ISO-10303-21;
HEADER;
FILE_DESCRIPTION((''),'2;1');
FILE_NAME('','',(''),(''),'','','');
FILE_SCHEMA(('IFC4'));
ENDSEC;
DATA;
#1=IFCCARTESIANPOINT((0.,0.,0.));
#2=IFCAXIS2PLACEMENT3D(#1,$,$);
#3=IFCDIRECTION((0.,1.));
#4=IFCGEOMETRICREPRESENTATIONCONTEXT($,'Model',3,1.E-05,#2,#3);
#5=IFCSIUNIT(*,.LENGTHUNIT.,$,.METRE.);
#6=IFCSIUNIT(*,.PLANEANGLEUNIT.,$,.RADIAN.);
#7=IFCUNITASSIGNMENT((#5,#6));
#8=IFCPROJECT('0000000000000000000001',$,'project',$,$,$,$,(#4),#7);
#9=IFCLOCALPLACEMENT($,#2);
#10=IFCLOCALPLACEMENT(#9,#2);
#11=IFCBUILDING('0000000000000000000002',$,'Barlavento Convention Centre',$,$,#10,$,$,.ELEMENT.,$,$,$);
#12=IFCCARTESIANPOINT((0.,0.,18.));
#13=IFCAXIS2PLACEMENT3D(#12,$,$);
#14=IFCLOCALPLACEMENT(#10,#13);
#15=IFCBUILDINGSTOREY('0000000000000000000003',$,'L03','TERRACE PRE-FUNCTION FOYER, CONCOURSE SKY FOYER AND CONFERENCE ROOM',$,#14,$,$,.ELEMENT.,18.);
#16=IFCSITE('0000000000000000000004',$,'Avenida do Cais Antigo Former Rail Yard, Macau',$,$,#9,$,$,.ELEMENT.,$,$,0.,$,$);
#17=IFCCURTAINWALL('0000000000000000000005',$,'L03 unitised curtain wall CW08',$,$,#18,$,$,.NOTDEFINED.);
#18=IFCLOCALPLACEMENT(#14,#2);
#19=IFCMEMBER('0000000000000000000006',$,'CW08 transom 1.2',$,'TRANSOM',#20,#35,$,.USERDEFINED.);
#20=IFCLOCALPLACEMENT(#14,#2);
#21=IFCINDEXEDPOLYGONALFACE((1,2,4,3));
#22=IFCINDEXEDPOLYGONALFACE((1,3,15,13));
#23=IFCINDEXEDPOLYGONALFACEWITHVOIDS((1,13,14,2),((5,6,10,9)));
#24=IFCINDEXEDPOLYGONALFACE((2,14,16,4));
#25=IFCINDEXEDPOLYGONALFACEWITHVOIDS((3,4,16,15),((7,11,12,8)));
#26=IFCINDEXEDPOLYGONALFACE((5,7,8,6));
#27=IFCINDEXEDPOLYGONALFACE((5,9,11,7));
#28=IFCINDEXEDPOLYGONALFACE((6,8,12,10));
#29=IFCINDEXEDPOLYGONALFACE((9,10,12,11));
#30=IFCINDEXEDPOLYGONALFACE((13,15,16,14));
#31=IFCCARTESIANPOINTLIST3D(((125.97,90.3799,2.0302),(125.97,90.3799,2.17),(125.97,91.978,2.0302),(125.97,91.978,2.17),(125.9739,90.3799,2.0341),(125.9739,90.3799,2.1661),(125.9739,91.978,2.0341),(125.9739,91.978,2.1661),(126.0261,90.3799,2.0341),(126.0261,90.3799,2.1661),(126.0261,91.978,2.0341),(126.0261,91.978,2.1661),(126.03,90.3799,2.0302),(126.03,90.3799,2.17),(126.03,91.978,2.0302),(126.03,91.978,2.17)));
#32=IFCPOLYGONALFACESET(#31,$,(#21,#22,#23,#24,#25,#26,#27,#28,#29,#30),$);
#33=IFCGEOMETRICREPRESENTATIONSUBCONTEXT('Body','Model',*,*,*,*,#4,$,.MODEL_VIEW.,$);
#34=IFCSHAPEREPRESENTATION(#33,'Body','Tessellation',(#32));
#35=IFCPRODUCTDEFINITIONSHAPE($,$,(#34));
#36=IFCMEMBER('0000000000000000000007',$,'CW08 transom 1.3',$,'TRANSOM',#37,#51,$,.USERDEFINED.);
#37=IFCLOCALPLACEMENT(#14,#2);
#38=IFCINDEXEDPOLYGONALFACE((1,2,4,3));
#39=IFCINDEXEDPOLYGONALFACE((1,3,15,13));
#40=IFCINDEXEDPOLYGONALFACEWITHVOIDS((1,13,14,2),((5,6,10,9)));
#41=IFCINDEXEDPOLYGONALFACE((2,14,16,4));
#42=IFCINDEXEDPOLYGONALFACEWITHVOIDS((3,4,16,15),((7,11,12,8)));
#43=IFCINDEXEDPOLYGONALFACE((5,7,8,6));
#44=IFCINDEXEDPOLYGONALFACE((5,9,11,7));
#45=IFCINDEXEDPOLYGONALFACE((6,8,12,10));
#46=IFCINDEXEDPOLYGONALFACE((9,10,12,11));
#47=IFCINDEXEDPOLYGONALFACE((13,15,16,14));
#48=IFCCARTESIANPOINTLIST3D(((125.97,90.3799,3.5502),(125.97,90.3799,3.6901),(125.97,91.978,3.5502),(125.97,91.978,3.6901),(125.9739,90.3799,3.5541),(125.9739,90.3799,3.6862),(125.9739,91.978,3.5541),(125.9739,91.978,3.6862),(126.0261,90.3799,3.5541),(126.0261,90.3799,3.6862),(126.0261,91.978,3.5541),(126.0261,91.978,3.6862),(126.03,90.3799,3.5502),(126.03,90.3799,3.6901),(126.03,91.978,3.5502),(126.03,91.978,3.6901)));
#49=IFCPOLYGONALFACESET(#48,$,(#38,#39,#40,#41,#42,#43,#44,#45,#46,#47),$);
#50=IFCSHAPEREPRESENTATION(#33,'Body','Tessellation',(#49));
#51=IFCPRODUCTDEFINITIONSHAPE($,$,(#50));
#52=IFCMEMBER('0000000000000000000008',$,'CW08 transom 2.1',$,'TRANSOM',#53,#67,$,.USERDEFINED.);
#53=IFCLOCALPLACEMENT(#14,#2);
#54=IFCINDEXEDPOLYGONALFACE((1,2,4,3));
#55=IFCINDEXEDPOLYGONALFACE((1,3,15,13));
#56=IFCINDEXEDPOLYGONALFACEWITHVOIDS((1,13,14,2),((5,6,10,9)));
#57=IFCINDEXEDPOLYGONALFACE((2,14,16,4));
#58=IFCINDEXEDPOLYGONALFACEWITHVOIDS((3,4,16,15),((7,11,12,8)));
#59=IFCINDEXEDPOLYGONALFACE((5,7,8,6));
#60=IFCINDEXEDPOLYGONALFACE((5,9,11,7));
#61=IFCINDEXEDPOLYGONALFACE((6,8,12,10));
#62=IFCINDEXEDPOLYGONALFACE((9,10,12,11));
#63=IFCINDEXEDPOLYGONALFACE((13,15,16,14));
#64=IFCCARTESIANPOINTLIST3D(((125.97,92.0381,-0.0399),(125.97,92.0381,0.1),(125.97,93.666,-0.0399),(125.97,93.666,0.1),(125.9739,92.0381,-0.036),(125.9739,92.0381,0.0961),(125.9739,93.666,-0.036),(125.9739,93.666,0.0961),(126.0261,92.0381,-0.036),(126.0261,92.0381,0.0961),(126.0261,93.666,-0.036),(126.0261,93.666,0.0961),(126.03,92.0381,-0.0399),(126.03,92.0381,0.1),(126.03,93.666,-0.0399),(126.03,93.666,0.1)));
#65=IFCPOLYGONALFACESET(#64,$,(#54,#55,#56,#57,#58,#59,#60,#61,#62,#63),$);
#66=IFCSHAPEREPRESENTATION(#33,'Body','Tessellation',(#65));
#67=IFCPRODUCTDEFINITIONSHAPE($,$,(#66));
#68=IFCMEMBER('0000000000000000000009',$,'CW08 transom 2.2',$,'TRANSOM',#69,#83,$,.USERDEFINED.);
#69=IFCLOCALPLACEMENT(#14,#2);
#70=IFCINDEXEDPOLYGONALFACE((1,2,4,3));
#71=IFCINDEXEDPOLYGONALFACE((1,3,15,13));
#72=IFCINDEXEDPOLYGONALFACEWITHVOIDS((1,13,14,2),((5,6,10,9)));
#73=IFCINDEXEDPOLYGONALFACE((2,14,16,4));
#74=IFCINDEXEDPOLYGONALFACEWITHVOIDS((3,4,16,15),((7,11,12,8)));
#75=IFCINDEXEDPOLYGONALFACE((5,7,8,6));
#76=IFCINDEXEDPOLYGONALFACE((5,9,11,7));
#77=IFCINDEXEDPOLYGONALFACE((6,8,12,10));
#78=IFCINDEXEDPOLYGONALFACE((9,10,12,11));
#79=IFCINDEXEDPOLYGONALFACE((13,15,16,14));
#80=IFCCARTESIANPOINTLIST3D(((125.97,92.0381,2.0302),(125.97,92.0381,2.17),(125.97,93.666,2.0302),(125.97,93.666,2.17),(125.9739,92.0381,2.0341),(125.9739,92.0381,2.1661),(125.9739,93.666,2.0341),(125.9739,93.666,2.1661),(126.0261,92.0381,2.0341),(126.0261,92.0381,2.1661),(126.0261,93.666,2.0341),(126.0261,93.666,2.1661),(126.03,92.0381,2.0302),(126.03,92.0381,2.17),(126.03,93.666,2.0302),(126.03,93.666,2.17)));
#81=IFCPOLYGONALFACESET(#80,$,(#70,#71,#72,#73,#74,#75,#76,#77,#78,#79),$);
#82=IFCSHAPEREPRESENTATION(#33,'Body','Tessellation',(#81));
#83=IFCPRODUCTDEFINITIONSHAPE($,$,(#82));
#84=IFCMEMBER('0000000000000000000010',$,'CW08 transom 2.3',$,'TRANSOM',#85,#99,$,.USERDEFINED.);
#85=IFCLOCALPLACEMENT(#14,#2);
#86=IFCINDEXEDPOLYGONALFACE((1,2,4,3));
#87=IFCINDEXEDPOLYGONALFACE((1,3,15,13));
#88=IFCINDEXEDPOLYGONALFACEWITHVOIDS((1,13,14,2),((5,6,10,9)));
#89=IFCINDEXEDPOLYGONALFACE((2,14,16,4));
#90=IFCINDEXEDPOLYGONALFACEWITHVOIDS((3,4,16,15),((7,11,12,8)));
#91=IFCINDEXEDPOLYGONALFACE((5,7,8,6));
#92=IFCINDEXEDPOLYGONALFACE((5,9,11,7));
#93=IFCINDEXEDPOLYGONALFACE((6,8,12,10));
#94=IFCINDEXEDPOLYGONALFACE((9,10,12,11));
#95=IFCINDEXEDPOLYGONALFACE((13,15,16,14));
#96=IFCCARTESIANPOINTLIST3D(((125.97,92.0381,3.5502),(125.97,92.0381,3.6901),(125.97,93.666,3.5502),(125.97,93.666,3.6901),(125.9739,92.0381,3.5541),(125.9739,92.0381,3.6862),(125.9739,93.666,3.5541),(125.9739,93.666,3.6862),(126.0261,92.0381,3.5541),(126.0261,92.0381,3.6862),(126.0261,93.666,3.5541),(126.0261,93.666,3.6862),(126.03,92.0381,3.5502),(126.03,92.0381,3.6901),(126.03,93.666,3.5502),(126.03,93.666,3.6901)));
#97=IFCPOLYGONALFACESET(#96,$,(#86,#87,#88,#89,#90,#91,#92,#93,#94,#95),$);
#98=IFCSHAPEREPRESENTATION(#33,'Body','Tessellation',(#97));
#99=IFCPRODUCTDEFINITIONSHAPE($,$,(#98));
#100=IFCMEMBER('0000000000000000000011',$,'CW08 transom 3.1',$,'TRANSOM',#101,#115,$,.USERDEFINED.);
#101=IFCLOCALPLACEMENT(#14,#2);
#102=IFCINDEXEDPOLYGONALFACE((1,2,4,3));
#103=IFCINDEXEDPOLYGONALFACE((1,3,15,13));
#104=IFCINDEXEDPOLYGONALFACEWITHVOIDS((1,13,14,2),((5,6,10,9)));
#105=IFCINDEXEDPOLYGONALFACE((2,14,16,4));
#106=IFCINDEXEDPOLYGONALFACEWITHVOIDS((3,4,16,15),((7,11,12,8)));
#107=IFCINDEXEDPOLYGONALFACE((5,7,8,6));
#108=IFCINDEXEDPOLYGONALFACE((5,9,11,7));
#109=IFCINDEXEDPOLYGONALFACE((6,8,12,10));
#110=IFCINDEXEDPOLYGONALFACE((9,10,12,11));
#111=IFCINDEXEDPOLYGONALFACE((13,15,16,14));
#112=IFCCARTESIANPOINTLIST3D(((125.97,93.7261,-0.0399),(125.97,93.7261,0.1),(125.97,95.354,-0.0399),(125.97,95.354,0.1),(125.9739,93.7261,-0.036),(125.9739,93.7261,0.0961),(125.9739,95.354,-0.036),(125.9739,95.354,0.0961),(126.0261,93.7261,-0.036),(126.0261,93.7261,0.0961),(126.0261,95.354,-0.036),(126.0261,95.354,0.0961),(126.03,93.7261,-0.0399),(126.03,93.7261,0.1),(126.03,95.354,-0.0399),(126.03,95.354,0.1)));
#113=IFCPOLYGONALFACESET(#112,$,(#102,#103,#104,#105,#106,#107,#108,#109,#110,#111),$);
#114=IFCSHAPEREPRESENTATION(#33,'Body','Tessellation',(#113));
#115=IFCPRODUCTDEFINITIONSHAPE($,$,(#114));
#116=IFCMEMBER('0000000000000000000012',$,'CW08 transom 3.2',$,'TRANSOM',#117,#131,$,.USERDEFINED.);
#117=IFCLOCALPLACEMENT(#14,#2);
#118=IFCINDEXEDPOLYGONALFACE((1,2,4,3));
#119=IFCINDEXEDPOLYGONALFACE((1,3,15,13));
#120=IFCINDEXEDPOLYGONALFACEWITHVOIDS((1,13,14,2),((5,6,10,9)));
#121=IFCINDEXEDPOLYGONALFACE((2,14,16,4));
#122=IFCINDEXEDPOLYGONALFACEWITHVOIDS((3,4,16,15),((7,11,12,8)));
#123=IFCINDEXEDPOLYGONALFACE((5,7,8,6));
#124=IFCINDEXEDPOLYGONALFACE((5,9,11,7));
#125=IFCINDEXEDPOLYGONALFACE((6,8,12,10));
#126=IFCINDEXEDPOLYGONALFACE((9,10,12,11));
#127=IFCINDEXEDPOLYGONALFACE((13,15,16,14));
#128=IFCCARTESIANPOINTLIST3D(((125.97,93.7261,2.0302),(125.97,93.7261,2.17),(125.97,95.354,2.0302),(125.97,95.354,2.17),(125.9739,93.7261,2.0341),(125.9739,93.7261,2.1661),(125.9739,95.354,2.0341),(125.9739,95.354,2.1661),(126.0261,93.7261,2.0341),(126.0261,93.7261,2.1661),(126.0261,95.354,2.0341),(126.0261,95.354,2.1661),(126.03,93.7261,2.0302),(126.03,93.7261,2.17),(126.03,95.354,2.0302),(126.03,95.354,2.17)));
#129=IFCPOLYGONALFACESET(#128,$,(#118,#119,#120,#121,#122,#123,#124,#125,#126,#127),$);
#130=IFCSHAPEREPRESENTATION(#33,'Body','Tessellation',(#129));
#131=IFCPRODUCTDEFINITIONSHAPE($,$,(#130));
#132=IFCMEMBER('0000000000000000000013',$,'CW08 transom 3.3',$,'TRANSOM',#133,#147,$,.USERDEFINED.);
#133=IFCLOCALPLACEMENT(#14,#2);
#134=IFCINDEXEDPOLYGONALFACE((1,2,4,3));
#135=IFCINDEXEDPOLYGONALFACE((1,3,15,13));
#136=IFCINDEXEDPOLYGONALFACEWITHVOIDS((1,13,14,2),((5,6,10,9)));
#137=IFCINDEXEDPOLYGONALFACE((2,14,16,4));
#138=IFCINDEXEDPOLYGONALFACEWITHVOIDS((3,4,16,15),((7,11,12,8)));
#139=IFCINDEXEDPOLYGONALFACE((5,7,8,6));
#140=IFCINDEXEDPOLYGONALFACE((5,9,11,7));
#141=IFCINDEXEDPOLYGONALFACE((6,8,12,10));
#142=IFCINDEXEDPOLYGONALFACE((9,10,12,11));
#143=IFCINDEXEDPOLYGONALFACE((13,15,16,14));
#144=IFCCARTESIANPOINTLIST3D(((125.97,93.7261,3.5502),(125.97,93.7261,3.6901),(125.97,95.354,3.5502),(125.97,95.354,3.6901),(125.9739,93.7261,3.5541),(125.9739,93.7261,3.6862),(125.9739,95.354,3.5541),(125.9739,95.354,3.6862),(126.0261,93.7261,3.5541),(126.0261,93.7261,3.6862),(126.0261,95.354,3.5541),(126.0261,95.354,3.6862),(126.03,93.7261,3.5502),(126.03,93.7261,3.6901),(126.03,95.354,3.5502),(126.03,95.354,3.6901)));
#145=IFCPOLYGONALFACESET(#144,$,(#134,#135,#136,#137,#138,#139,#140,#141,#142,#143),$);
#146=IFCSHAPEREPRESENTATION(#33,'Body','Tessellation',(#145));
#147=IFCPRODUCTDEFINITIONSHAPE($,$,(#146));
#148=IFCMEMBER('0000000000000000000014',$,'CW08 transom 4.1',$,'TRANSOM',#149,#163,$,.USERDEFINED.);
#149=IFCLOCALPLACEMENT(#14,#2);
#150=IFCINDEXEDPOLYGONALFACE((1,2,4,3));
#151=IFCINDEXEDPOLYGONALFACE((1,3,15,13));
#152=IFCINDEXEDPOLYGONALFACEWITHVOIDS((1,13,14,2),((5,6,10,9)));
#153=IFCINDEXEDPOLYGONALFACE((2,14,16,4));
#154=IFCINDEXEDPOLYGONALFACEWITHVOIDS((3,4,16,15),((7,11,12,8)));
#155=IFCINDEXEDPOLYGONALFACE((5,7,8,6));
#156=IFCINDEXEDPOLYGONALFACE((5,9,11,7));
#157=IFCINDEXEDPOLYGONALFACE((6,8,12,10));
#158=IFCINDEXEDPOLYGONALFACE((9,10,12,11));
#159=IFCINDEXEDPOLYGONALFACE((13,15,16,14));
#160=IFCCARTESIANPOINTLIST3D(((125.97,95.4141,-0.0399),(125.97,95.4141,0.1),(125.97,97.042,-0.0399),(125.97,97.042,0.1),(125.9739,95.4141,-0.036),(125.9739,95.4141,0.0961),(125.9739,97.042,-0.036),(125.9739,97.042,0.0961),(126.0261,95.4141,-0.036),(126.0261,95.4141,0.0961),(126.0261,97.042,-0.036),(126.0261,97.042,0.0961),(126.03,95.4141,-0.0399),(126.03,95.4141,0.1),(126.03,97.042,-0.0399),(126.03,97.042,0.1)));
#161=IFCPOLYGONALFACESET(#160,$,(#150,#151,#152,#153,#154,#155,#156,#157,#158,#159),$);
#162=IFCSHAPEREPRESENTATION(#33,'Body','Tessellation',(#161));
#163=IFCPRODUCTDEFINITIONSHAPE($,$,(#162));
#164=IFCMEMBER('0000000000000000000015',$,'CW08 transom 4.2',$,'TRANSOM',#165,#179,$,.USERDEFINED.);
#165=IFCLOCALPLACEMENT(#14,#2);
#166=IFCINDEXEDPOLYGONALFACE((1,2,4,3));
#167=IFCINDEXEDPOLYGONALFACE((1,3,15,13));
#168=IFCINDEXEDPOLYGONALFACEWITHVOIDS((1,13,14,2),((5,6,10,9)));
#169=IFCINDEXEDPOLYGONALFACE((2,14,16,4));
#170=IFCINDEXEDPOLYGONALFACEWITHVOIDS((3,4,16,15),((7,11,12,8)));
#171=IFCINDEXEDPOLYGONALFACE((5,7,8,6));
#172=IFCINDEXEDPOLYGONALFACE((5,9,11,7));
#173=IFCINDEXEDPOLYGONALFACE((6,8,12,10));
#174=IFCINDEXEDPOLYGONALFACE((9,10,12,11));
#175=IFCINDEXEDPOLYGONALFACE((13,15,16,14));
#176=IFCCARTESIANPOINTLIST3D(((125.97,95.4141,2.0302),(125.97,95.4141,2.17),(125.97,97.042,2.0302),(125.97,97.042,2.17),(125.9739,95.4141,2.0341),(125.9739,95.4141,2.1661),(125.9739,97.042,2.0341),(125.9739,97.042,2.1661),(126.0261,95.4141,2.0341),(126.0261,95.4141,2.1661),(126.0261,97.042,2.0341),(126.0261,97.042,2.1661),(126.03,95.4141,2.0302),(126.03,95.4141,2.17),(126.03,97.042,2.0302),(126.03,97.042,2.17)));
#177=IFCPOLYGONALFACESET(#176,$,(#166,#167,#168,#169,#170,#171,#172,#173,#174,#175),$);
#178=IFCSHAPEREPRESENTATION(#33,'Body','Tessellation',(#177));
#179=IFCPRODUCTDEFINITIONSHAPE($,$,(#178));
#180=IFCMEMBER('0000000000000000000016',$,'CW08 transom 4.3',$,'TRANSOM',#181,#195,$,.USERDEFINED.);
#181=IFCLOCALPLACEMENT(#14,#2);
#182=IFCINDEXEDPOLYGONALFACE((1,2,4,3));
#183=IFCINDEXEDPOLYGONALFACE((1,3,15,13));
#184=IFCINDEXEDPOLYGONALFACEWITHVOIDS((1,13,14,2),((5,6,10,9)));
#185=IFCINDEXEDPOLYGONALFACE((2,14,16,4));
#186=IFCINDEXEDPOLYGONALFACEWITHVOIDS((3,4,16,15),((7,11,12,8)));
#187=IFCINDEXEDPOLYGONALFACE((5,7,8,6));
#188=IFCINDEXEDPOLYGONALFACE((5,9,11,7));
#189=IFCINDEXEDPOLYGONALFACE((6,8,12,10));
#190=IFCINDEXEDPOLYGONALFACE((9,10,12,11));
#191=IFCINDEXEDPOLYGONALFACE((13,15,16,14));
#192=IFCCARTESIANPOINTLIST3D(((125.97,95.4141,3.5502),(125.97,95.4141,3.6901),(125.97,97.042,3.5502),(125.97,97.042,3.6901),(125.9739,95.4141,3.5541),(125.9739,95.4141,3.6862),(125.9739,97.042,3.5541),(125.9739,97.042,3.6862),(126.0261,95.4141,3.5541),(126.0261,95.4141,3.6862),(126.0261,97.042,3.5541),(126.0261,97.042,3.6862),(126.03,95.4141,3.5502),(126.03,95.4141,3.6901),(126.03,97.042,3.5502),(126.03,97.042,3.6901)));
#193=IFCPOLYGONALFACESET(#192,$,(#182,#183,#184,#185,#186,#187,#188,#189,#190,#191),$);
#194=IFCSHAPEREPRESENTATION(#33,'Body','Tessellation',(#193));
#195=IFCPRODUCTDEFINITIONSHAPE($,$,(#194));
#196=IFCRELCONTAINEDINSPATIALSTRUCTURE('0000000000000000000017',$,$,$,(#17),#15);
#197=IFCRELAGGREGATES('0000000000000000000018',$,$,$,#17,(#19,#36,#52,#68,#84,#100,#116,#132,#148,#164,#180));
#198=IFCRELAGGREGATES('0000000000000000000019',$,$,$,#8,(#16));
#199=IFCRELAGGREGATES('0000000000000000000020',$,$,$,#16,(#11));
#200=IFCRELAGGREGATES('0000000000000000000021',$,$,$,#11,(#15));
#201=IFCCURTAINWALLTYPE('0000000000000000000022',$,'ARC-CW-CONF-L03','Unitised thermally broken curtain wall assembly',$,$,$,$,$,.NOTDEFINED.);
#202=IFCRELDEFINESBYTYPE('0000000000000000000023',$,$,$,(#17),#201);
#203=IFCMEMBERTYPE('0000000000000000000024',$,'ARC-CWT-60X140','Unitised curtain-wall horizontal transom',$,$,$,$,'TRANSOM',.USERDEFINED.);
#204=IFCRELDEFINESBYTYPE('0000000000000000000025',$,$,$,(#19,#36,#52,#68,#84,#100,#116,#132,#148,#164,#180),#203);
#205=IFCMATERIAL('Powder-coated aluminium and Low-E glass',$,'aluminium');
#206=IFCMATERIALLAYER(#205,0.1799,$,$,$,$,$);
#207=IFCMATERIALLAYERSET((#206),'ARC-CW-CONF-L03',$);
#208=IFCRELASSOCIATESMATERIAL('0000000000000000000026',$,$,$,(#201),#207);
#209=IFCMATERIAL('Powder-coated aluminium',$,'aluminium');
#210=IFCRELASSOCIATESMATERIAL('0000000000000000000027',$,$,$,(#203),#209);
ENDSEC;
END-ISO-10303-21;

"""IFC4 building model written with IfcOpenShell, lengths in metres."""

from ifc_helpers import new_model, si_unit, direction, frame, origin, origin_2d, place, context, subcontext, project, spatial, hollow_rectangle, extrude, material, layer, layer_set, material_profile, profile_set, type_object, element, aggregate, save


model = new_model("IFC4")

# Units and contexts
model_context = context("Model", 3, precision=1e-05, world=origin(), true_north=direction((0.0, 1.0)))
body_context = subcontext(model_context, "Body", "Model", "MODEL_VIEW")
ifc_project = project(units=[si_unit("LENGTHUNIT", "METRE"), si_unit("PLANEANGLEUNIT", "RADIAN")], contexts=[model_context])

# Site, building, storey
site_placement = place(None, origin())
site = spatial("IfcSite", under=ifc_project, at=site_placement, Name="Avenida do Cais Antigo Former Rail Yard, Macau", CompositionType="ELEMENT", RefElevation=0.0)
building_placement = place(site_placement, origin())
building = spatial("IfcBuilding", under=site, at=building_placement, Name="Barlavento Convention Centre", CompositionType="ELEMENT")
storey_placement = place(building_placement, frame((0.0, 0.0, 18.0)))
storey = spatial("IfcBuildingStorey", under=building, at=storey_placement, Name="L03", Description="TERRACE PRE-FUNCTION FOYER, CONCOURSE SKY FOYER AND CONFERENCE ROOM", CompositionType="ELEMENT", Elevation=18.0)

# Curtain wall, members
ifc_material_1 = material(Name="Powder-coated aluminium and Low-E glass", Category="aluminium")
ifc_layer_1 = layer(ifc_material_1, 0.1799)
ifc_layer_set_1 = layer_set([ifc_layer_1], Name="ARC-CW-CONF-L03")
curtain_wall_type = type_object("IfcCurtainWallType", Name="ARC-CW-CONF-L03", Description="Unitised thermally broken curtain wall assembly", PredefinedType="NOTDEFINED", material=ifc_layer_set_1)
curtain_wall_placement = place(storey_placement, origin())
curtain_wall = element("IfcCurtainWall", 1, at=curtain_wall_placement, inside=storey, type_object=curtain_wall_type, Name="L03 unitised curtain wall CW08", PredefinedType="NOTDEFINED")
ifc_material_2 = material(Name="Powder-coated aluminium", Category="aluminium")
ifc_material_profile_1 = material_profile(ifc_material_2, hollow_rectangle(XDim=0.0601, YDim=0.1399, WallThickness=0.0039, at=origin_2d()), Name="AL-TRAN 60x140x4")
ifc_profile_set_1 = profile_set([ifc_material_profile_1], Name="Powder-coated aluminium")
member_type_1 = type_object("IfcMemberType", Name="ARC-CWT-60X140", Description="Unitised curtain-wall horizontal transom", ElementType="TRANSOM", PredefinedType="USERDEFINED", material=ifc_profile_set_1)
member_1_placement = place(storey_placement, frame((126.0, 90.3799, 2.1001), z_axis=(0.0, 1.0, 0.0), x_axis=(-1.0, 0.0, 0.0)))
member_1 = element("IfcMember", 2, at=member_1_placement, type_object=member_type_1, Name="CW08 transom 1.2", ObjectType="TRANSOM", PredefinedType="USERDEFINED", context=body_context, shape_type="SweptSolid", body=[
    extrude(hollow_rectangle(XDim=0.0601, YDim=0.1399, WallThickness=0.0039, at=origin_2d()), origin(), (0.0, 0.0, 1.0), 1.5981),
])
member_2_placement = place(storey_placement, frame((126.0, 90.3799, 3.6201), z_axis=(0.0, 1.0, 0.0), x_axis=(-1.0, 0.0, 0.0)))
member_2 = element("IfcMember", 3, at=member_2_placement, type_object=member_type_1, Name="CW08 transom 1.3", ObjectType="TRANSOM", PredefinedType="USERDEFINED", context=body_context, shape_type="SweptSolid", body=[
    extrude(hollow_rectangle(XDim=0.0601, YDim=0.1399, WallThickness=0.0039, at=origin_2d()), origin(), (0.0, 0.0, 1.0), 1.5981),
])
member_3_placement = place(storey_placement, frame((126.0, 92.0381, 0.03), z_axis=(0.0, 1.0, 0.0), x_axis=(-1.0, 0.0, 0.0)))
member_3 = element("IfcMember", 4, at=member_3_placement, type_object=member_type_1, Name="CW08 transom 2.1", ObjectType="TRANSOM", PredefinedType="USERDEFINED", context=body_context, shape_type="SweptSolid", body=[
    extrude(hollow_rectangle(XDim=0.0601, YDim=0.1399, WallThickness=0.0039, at=origin_2d()), origin(), (0.0, 0.0, 1.0), 1.6279),
])
member_4_placement = place(storey_placement, frame((126.0, 92.0381, 2.1001), z_axis=(0.0, 1.0, 0.0), x_axis=(-1.0, 0.0, 0.0)))
member_4 = element("IfcMember", 5, at=member_4_placement, type_object=member_type_1, Name="CW08 transom 2.2", ObjectType="TRANSOM", PredefinedType="USERDEFINED", context=body_context, shape_type="SweptSolid", body=[
    extrude(hollow_rectangle(XDim=0.0601, YDim=0.1399, WallThickness=0.0039, at=origin_2d()), origin(), (0.0, 0.0, 1.0), 1.6279),
])
member_5_placement = place(storey_placement, frame((126.0, 92.0381, 3.6201), z_axis=(0.0, 1.0, 0.0), x_axis=(-1.0, 0.0, 0.0)))
member_5 = element("IfcMember", 6, at=member_5_placement, type_object=member_type_1, Name="CW08 transom 2.3", ObjectType="TRANSOM", PredefinedType="USERDEFINED", context=body_context, shape_type="SweptSolid", body=[
    extrude(hollow_rectangle(XDim=0.0601, YDim=0.1399, WallThickness=0.0039, at=origin_2d()), origin(), (0.0, 0.0, 1.0), 1.6279),
])
member_6_placement = place(storey_placement, frame((126.0, 93.7261, 0.03), z_axis=(0.0, 1.0, 0.0), x_axis=(-1.0, 0.0, 0.0)))
member_6 = element("IfcMember", 7, at=member_6_placement, type_object=member_type_1, Name="CW08 transom 3.1", ObjectType="TRANSOM", PredefinedType="USERDEFINED", context=body_context, shape_type="SweptSolid", body=[
    extrude(hollow_rectangle(XDim=0.0601, YDim=0.1399, WallThickness=0.0039, at=origin_2d()), origin(), (0.0, 0.0, 1.0), 1.6279),
])
member_7_placement = place(storey_placement, frame((126.0, 93.7261, 2.1001), z_axis=(0.0, 1.0, 0.0), x_axis=(-1.0, 0.0, 0.0)))
member_7 = element("IfcMember", 8, at=member_7_placement, type_object=member_type_1, Name="CW08 transom 3.2", ObjectType="TRANSOM", PredefinedType="USERDEFINED", context=body_context, shape_type="SweptSolid", body=[
    extrude(hollow_rectangle(XDim=0.0601, YDim=0.1399, WallThickness=0.0039, at=origin_2d()), origin(), (0.0, 0.0, 1.0), 1.6279),
])
member_8_placement = place(storey_placement, frame((126.0, 93.7261, 3.6201), z_axis=(0.0, 1.0, 0.0), x_axis=(-1.0, 0.0, 0.0)))
member_8 = element("IfcMember", 9, at=member_8_placement, type_object=member_type_1, Name="CW08 transom 3.3", ObjectType="TRANSOM", PredefinedType="USERDEFINED", context=body_context, shape_type="SweptSolid", body=[
    extrude(hollow_rectangle(XDim=0.0601, YDim=0.1399, WallThickness=0.0039, at=origin_2d()), origin(), (0.0, 0.0, 1.0), 1.6279),
])
member_9_placement = place(storey_placement, frame((126.0, 95.4141, 0.03), z_axis=(0.0, 1.0, 0.0), x_axis=(-1.0, 0.0, 0.0)))
member_9 = element("IfcMember", 10, at=member_9_placement, type_object=member_type_1, Name="CW08 transom 4.1", ObjectType="TRANSOM", PredefinedType="USERDEFINED", context=body_context, shape_type="SweptSolid", body=[
    extrude(hollow_rectangle(XDim=0.0601, YDim=0.1399, WallThickness=0.0039, at=origin_2d()), origin(), (0.0, 0.0, 1.0), 1.6279),
])
member_10_placement = place(storey_placement, frame((126.0, 95.4141, 2.1001), z_axis=(0.0, 1.0, 0.0), x_axis=(-1.0, 0.0, 0.0)))
member_10 = element("IfcMember", 11, at=member_10_placement, type_object=member_type_1, Name="CW08 transom 4.2", ObjectType="TRANSOM", PredefinedType="USERDEFINED", context=body_context, shape_type="SweptSolid", body=[
    extrude(hollow_rectangle(XDim=0.0601, YDim=0.1399, WallThickness=0.0039, at=origin_2d()), origin(), (0.0, 0.0, 1.0), 1.6279),
])
member_11_placement = place(storey_placement, frame((126.0, 95.4141, 3.6201), z_axis=(0.0, 1.0, 0.0), x_axis=(-1.0, 0.0, 0.0)))
member_11 = element("IfcMember", 12, at=member_11_placement, type_object=member_type_1, Name="CW08 transom 4.3", ObjectType="TRANSOM", PredefinedType="USERDEFINED", context=body_context, shape_type="SweptSolid", body=[
    extrude(hollow_rectangle(XDim=0.0601, YDim=0.1399, WallThickness=0.0039, at=origin_2d()), origin(), (0.0, 0.0, 1.0), 1.6279),
])

aggregate(curtain_wall, [member_1, member_2, member_3, member_4, member_5, member_6, member_7, member_8, member_9, member_10, member_11])

save(model, "model.ifc")
